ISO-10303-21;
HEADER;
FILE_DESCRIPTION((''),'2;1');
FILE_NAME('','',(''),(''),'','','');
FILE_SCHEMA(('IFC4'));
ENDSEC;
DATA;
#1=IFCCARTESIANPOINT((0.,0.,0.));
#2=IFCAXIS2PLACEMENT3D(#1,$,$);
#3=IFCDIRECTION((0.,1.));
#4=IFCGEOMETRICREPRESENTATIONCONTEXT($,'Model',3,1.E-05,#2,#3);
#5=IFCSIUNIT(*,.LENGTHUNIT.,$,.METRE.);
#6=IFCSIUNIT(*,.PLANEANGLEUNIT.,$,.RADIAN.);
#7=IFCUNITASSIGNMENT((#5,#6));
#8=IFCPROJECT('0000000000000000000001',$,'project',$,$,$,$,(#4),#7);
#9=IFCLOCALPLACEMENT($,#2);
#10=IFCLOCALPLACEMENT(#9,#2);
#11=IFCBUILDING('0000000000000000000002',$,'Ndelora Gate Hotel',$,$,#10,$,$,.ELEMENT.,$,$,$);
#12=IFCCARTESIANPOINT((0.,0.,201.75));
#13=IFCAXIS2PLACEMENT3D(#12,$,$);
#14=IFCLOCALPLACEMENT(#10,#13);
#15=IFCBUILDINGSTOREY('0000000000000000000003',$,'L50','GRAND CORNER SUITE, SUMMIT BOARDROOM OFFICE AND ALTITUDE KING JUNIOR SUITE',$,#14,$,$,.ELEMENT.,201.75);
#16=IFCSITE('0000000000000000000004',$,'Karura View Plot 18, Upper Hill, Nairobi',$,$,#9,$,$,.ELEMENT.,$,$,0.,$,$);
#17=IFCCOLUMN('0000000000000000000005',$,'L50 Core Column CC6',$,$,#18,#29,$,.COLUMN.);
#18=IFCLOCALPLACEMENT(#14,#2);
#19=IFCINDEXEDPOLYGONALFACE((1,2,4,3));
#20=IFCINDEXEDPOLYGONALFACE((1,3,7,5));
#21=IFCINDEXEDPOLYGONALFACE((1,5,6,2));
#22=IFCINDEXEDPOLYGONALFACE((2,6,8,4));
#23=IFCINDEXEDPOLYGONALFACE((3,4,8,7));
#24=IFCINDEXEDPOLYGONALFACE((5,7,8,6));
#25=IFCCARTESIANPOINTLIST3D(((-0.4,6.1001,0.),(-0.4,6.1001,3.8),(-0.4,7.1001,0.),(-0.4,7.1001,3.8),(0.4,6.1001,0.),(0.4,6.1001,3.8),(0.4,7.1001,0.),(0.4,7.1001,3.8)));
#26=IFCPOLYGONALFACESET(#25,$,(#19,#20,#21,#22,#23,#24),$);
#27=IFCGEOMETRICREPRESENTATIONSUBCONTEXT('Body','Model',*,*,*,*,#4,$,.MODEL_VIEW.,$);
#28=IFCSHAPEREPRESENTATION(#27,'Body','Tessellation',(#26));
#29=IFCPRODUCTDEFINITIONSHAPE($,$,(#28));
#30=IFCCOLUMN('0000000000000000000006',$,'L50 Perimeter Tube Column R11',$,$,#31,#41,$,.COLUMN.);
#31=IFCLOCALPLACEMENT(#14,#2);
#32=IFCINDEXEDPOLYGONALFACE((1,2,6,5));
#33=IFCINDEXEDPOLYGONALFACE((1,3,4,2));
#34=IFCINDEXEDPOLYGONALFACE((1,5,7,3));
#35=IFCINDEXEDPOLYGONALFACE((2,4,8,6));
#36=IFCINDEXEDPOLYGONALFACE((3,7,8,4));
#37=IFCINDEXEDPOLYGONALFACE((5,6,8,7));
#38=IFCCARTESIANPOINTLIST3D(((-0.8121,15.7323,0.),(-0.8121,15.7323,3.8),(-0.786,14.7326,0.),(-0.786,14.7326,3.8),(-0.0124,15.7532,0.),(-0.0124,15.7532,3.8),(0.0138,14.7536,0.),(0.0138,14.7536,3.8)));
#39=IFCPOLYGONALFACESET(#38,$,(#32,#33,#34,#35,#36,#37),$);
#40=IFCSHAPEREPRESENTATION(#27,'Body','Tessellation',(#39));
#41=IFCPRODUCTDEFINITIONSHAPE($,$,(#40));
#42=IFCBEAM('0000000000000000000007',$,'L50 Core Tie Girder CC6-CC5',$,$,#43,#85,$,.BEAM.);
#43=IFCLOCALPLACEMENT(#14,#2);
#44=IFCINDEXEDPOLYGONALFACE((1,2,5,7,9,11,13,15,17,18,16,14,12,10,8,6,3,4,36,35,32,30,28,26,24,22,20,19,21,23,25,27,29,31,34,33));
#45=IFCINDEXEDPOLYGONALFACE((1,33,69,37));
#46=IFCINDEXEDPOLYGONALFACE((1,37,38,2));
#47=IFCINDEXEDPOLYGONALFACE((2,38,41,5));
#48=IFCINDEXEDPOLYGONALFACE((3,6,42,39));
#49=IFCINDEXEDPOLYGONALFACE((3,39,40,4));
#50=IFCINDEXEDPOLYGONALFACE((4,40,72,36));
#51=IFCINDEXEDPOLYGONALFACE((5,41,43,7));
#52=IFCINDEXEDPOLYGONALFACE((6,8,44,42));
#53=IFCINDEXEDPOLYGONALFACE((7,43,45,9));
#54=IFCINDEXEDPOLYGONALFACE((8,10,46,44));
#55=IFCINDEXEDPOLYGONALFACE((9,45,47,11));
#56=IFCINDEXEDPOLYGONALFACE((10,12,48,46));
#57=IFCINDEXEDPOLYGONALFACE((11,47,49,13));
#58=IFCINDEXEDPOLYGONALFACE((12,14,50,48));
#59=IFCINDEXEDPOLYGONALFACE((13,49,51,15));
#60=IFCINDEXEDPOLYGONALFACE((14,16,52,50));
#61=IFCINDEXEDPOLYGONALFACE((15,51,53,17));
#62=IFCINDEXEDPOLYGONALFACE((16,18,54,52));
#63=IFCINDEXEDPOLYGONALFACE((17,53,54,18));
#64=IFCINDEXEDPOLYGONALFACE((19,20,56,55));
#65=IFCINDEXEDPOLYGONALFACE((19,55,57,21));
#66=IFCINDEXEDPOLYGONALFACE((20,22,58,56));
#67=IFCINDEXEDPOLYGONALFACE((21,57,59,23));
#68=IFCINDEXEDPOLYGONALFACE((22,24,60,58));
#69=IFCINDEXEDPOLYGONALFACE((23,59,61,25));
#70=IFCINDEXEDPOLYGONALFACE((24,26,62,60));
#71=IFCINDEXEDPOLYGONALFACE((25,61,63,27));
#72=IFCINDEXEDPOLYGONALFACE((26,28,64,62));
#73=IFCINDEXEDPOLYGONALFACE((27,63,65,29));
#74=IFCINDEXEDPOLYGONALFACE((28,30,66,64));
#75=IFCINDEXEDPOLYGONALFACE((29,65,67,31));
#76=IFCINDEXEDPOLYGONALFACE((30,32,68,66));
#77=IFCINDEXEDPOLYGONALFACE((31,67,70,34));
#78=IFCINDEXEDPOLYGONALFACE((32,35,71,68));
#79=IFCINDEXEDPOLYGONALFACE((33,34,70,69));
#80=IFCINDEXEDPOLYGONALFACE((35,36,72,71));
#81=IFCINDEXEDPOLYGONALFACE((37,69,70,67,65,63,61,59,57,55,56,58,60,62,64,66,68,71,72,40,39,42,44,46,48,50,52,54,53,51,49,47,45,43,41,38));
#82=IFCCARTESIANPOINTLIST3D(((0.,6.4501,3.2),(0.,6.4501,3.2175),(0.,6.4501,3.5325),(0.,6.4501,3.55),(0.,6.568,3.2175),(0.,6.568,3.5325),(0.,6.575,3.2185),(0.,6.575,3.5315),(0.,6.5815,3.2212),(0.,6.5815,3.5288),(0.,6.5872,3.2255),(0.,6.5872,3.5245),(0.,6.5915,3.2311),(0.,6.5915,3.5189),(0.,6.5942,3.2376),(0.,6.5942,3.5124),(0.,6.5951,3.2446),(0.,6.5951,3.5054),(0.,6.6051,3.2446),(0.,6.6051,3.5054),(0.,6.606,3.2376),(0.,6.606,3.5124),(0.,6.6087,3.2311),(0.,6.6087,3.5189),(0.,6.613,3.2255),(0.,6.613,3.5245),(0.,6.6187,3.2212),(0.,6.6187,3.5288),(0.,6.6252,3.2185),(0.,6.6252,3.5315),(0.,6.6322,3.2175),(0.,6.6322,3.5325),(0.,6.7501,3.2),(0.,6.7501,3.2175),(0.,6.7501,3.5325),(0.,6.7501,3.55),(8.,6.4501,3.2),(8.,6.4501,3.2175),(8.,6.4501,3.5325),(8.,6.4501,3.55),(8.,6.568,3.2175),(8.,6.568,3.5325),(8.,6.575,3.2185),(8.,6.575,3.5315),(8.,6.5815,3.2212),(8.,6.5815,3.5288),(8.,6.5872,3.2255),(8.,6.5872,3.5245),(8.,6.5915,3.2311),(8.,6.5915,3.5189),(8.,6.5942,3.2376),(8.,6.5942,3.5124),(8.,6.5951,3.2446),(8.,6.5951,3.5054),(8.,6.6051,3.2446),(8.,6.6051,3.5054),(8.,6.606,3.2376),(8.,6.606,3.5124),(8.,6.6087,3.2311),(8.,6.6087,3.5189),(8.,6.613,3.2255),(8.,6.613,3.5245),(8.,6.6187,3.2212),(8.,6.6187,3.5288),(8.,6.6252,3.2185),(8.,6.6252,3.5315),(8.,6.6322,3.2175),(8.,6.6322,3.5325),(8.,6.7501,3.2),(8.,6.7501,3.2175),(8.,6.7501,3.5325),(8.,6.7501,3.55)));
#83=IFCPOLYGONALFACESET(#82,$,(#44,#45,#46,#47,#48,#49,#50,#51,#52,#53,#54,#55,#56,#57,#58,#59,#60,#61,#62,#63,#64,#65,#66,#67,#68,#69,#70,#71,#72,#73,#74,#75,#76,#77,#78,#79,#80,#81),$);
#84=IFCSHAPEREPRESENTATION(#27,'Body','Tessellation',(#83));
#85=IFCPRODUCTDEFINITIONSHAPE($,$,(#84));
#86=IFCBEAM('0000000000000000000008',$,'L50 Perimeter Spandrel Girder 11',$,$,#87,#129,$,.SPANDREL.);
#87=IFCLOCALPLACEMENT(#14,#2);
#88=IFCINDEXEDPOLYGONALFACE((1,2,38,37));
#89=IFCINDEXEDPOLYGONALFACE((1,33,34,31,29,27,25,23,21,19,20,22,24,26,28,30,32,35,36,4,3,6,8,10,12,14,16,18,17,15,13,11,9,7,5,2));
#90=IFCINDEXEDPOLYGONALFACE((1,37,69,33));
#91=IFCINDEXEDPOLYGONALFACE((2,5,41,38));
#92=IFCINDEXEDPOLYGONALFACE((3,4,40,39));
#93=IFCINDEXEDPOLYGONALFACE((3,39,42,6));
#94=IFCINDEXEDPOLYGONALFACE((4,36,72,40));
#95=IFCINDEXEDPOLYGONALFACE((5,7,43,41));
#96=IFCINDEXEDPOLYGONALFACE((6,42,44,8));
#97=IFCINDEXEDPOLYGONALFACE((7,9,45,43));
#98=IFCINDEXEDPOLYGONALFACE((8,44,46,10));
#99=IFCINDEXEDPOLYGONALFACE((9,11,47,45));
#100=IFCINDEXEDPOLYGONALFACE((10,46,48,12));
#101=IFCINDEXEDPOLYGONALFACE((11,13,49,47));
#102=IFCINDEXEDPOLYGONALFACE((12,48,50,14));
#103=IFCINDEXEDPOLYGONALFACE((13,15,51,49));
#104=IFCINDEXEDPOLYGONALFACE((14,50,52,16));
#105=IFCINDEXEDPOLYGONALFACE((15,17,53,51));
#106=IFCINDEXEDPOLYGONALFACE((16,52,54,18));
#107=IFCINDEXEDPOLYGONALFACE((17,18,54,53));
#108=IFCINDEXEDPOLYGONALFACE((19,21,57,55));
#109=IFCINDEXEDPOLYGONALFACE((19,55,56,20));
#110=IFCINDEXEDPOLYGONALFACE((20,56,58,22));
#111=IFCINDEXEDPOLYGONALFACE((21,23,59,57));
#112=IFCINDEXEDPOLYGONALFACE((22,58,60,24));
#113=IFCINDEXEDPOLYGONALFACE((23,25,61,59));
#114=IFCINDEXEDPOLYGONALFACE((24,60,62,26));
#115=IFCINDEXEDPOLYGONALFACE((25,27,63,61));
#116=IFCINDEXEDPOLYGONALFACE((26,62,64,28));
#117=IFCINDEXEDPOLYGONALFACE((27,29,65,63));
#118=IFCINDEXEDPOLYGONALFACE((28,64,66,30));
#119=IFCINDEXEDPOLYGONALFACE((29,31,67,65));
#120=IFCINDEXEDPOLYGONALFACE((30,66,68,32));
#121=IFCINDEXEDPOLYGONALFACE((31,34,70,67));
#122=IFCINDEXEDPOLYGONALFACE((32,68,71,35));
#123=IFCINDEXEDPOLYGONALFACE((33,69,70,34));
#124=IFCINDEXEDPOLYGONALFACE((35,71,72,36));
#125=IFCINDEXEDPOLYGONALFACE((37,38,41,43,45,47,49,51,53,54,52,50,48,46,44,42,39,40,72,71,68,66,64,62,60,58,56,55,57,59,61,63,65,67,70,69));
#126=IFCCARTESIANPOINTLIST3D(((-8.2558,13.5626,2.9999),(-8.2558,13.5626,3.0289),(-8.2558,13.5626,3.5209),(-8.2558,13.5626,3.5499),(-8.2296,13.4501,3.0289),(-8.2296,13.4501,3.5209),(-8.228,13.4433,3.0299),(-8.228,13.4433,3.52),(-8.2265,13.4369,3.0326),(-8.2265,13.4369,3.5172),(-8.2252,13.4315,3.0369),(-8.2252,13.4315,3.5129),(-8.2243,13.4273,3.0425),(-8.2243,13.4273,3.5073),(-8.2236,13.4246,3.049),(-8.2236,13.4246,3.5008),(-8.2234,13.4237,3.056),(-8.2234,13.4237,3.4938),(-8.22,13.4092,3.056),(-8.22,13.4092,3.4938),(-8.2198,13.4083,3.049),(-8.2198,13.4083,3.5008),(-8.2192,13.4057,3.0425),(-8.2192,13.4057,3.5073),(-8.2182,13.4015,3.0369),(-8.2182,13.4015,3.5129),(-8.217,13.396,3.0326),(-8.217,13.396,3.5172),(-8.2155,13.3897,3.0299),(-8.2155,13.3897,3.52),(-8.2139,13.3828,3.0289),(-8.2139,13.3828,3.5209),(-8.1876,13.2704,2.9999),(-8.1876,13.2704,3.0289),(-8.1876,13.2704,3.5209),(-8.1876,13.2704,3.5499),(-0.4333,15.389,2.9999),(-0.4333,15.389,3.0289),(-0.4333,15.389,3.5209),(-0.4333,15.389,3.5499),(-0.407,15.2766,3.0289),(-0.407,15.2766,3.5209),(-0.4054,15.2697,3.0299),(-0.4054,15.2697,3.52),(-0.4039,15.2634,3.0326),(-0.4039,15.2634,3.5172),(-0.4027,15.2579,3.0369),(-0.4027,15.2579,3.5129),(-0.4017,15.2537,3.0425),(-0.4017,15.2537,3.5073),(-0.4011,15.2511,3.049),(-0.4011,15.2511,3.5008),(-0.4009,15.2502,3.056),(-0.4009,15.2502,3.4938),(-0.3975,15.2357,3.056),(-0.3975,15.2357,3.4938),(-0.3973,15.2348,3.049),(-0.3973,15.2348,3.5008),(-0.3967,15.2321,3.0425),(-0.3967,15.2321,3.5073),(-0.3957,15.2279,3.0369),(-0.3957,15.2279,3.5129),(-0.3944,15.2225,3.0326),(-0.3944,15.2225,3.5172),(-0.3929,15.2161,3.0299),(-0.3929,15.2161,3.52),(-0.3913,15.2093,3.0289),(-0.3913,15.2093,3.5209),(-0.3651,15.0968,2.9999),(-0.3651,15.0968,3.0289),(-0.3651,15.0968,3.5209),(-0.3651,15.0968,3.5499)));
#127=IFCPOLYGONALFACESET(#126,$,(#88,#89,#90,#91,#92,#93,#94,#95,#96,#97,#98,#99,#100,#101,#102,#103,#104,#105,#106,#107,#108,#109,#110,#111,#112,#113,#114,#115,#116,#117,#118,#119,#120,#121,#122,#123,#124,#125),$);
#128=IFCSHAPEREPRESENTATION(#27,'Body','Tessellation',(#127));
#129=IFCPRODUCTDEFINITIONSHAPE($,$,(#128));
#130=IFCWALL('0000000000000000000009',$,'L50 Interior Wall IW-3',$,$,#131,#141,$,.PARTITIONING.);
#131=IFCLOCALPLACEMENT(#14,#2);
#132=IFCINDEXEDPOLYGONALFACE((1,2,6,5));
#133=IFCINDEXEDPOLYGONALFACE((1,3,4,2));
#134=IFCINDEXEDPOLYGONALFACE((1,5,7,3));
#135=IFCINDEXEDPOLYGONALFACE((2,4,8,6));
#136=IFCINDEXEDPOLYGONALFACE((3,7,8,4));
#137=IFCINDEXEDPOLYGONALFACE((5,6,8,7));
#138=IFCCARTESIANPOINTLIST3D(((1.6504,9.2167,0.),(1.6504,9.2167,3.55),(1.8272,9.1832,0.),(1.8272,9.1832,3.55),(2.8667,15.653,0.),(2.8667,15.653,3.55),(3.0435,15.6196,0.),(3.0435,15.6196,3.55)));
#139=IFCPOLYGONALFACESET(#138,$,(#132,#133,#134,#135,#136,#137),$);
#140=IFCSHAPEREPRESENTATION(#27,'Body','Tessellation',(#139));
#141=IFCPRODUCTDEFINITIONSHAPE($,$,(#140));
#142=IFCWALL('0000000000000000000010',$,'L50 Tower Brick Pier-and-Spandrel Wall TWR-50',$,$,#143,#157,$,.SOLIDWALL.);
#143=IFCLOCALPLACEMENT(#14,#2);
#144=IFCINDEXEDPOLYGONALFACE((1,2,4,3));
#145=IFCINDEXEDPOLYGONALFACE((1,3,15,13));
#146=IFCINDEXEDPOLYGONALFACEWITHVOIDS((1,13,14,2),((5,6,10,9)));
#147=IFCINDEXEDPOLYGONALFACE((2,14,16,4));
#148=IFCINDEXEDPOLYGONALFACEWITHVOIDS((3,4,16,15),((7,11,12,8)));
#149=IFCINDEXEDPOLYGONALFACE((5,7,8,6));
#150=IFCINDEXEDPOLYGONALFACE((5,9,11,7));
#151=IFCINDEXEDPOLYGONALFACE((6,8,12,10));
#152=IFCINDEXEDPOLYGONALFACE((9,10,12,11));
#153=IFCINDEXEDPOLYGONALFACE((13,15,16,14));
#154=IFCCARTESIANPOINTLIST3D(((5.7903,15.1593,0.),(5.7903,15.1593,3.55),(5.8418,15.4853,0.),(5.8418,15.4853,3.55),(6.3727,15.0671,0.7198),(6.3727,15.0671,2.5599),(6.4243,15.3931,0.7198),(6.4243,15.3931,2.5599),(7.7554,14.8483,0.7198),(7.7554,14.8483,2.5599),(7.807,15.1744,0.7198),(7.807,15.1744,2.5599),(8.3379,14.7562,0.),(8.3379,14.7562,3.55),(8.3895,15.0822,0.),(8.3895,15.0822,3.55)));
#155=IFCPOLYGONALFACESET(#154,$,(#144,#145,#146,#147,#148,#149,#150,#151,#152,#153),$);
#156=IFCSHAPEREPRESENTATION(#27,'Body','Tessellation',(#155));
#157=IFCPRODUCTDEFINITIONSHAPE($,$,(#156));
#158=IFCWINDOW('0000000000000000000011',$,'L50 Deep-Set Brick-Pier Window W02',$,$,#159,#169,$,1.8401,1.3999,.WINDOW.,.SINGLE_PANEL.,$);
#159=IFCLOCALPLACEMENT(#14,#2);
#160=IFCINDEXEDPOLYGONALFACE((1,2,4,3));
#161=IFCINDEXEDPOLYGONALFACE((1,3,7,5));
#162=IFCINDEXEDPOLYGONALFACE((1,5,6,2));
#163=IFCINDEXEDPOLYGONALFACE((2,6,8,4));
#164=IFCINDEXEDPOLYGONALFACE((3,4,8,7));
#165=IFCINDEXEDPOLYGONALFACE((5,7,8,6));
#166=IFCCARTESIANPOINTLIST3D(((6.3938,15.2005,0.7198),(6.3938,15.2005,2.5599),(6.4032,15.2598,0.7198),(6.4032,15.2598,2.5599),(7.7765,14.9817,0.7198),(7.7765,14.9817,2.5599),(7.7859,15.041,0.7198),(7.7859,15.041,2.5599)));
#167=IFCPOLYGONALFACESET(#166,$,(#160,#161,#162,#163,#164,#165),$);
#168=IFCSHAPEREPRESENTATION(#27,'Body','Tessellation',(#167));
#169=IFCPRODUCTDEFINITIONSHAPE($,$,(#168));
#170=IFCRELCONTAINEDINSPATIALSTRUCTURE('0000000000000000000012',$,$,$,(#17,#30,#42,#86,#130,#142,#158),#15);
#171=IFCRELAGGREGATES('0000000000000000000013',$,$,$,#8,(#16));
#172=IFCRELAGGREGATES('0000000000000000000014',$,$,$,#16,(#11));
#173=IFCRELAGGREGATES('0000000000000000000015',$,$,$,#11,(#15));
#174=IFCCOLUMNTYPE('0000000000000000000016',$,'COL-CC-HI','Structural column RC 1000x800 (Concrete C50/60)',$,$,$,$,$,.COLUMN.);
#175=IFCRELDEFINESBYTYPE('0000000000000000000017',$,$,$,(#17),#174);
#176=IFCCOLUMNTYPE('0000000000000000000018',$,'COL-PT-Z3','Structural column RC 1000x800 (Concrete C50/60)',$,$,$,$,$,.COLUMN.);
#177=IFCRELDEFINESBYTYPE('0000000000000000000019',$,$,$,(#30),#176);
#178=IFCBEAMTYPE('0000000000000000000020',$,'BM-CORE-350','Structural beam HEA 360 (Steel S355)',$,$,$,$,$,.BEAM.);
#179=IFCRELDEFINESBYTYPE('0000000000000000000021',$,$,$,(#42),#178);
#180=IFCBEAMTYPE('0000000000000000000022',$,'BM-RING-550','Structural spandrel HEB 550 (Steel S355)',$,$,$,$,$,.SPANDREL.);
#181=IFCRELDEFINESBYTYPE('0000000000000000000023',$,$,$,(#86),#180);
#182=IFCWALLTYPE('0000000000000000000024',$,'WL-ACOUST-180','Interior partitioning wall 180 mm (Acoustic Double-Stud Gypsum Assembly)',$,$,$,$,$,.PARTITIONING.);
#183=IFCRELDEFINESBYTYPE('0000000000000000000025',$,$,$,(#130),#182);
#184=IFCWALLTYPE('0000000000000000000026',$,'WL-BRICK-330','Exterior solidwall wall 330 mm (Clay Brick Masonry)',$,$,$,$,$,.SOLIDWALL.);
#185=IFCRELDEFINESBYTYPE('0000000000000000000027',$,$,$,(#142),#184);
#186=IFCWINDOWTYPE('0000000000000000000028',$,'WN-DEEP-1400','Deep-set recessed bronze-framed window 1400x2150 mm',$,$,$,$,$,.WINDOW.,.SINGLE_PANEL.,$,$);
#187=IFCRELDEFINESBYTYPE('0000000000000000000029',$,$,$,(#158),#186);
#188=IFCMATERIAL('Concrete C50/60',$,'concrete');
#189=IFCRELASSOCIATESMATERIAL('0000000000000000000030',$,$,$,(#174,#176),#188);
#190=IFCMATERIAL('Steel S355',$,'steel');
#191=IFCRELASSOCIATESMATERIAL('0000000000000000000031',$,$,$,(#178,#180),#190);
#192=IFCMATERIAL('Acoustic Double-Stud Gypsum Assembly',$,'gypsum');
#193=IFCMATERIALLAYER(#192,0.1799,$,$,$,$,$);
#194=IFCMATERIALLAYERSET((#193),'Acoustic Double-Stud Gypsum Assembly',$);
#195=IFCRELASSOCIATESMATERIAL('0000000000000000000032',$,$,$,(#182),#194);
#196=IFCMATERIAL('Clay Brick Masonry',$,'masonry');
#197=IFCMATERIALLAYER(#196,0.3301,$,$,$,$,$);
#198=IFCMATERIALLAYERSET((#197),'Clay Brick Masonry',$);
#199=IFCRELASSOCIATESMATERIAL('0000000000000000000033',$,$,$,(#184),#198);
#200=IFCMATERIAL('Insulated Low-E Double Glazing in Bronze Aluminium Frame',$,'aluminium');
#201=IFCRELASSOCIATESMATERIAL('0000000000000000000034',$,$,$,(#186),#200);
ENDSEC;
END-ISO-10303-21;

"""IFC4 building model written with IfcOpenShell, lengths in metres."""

from ifc_helpers import new_model, si_unit, direction, frame, frame_2d, origin, origin_2d, place, context, subcontext, project, spatial, rectangle, i_section, extrude, material, layer, layer_set, material_profile, profile_set, type_object, element, fill, save


model = new_model("IFC4")

# Units and contexts
model_context = context("Model", 3, precision=1e-05, world=origin(), true_north=direction((0.0, 1.0)))
body_context = subcontext(model_context, "Body", "Model", "MODEL_VIEW")
ifc_project = project(units=[si_unit("LENGTHUNIT", "METRE"), si_unit("PLANEANGLEUNIT", "RADIAN")], contexts=[model_context])

# Site, building, storey
site_placement = place(None, origin())
site = spatial("IfcSite", under=ifc_project, at=site_placement, Name="Karura View Plot 18, Upper Hill, Nairobi", CompositionType="ELEMENT", RefElevation=0.0)
building_placement = place(site_placement, origin())
building = spatial("IfcBuilding", under=site, at=building_placement, Name="Ndelora Gate Hotel", CompositionType="ELEMENT")
storey_placement = place(building_placement, frame((0.0, 0.0, 201.75)))
storey = spatial("IfcBuildingStorey", under=building, at=storey_placement, Name="L50", Description="GRAND CORNER SUITE, SUMMIT BOARDROOM OFFICE AND ALTITUDE KING JUNIOR SUITE", CompositionType="ELEMENT", Elevation=201.75)

# Columns
ifc_material_1 = material(Name="Concrete C50/60", Category="concrete")
ifc_material_profile_1 = material_profile(ifc_material_1, rectangle(XDim=0.8, YDim=1.0, at=origin_2d()), Name="RC 1000x800")
ifc_profile_set_1 = profile_set([ifc_material_profile_1], Name="Concrete C50/60")
column_type_1 = type_object("IfcColumnType", Name="COL-CC-HI", Description="Structural column RC 1000x800 (Concrete C50/60)", PredefinedType="COLUMN", material=ifc_profile_set_1)
column_1_placement = place(storey_placement, frame((0.0, 6.6001, 0.0), z_axis=(0.0, 0.0, 1.0), x_axis=(1.0, 0.0, 0.0)))
element("IfcColumn", 1, at=column_1_placement, inside=storey, type_object=column_type_1, Name="L50 Core Column CC6", PredefinedType="COLUMN", context=body_context, shape_type="SweptSolid", body=[
    extrude(rectangle(XDim=0.8, YDim=1.0, at=origin_2d()), origin(), (0.0, 0.0, 1.0), 3.8),
])
ifc_material_profile_2 = material_profile(ifc_material_1, rectangle(XDim=0.8, YDim=1.0, at=origin_2d()), Name="RC 1000x800")
ifc_profile_set_2 = profile_set([ifc_material_profile_2], Name="Concrete C50/60")
column_type_2 = type_object("IfcColumnType", Name="COL-PT-Z3", Description="Structural column RC 1000x800 (Concrete C50/60)", PredefinedType="COLUMN", material=ifc_profile_set_2)
column_2_placement = place(storey_placement, frame((-0.3992, 15.2429, 0.0), z_axis=(0.0, 0.0, 1.0), x_axis=(0.999657, 0.026177, 0.0)))
element("IfcColumn", 2, at=column_2_placement, inside=storey, type_object=column_type_2, Name="L50 Perimeter Tube Column R11", PredefinedType="COLUMN", context=body_context, shape_type="SweptSolid", body=[
    extrude(rectangle(XDim=0.8, YDim=1.0, at=origin_2d()), origin(), (0.0, 0.0, 1.0), 3.8),
])

# Beams
ifc_material_2 = material(Name="Steel S355", Category="steel")
ifc_material_profile_3 = material_profile(ifc_material_2, i_section(OverallWidth=0.3, OverallDepth=0.3501, WebThickness=0.01, FlangeThickness=0.0176, FilletRadius=0.0271, at=origin_2d()), Name="HEA 360")
ifc_profile_set_3 = profile_set([ifc_material_profile_3], Name="Steel S355")
beam_type_1 = type_object("IfcBeamType", Name="BM-CORE-350", Description="Structural beam HEA 360 (Steel S355)", PredefinedType="BEAM", material=ifc_profile_set_3)
beam_1_placement = place(storey_placement, frame((0.0, 6.6001, 3.375), z_axis=(1.0, 0.0, 0.0), x_axis=(0.0, 1.0, 0.0)))
element("IfcBeam", 3, at=beam_1_placement, inside=storey, type_object=beam_type_1, Name="L50 Core Tie Girder CC6-CC5", PredefinedType="BEAM", context=body_context, shape_type="SweptSolid", body=[
    extrude(i_section(OverallWidth=0.3, OverallDepth=0.3501, WebThickness=0.01, FlangeThickness=0.0176, FilletRadius=0.0271, at=origin_2d()), origin(), (0.0, 0.0, 1.0), 8.0),
])
ifc_material_profile_4 = material_profile(ifc_material_2, i_section(OverallWidth=0.3, OverallDepth=0.55, WebThickness=0.0149, FlangeThickness=0.0291, FilletRadius=0.0271, at=origin_2d()), Name="HEB 550")
ifc_profile_set_4 = profile_set([ifc_material_profile_4], Name="Steel S355")
beam_type_2 = type_object("IfcBeamType", Name="BM-RING-550", Description="Structural spandrel HEB 550 (Steel S355)", PredefinedType="SPANDREL", material=ifc_profile_set_4)
beam_2_placement = place(storey_placement, frame((-0.3992, 15.2429, 3.2749), z_axis=(-0.973809, -0.227367, 0.0), x_axis=(0.227367, -0.973809, 0.0)))
element("IfcBeam", 4, at=beam_2_placement, inside=storey, type_object=beam_type_2, Name="L50 Perimeter Spandrel Girder 11", PredefinedType="SPANDREL", context=body_context, shape_type="SweptSolid", body=[
    extrude(i_section(OverallWidth=0.3, OverallDepth=0.55, WebThickness=0.0149, FlangeThickness=0.0291, FilletRadius=0.0271, at=origin_2d()), origin(), (0.0, 0.0, 1.0), 8.033),
])

# Wall
ifc_material_3 = material(Name="Acoustic Double-Stud Gypsum Assembly", Category="gypsum")
ifc_layer_1 = layer(ifc_material_3, 0.1799)
ifc_layer_set_1 = layer_set([ifc_layer_1], Name="Acoustic Double-Stud Gypsum Assembly")
wall_type_1 = type_object("IfcWallType", Name="WL-ACOUST-180", Description="Interior partitioning wall 180 mm (Acoustic Double-Stud Gypsum Assembly)", PredefinedType="PARTITIONING", material=ifc_layer_set_1)
wall_1_placement = place(storey_placement, frame((1.7388, 9.2, 0.0), z_axis=(0.0, 0.0, 1.0), x_axis=(0.18569, 0.982608, 0.0)))
element("IfcWall", 5, at=wall_1_placement, inside=storey, type_object=wall_type_1, Name="L50 Interior Wall IW-3", PredefinedType="PARTITIONING", context=body_context, shape_type="SweptSolid", body=[
    extrude(rectangle(XDim=6.5503, YDim=0.1799, at=frame_2d((3.2751, 0.0))), origin(), (0.0, 0.0, 1.0), 3.55),
])

# Wall, opening, window
ifc_material_4 = material(Name="Clay Brick Masonry", Category="masonry")
ifc_layer_2 = layer(ifc_material_4, 0.3301)
ifc_layer_set_2 = layer_set([ifc_layer_2], Name="Clay Brick Masonry")
wall_type_2 = type_object("IfcWallType", Name="WL-BRICK-330", Description="Exterior solidwall wall 330 mm (Clay Brick Masonry)", PredefinedType="SOLIDWALL", material=ifc_layer_set_2)
wall_2_placement = place(storey_placement, frame((5.8162, 15.3223, 0.0), z_axis=(0.0, 0.0, 1.0), x_axis=(0.987714, -0.156274, 0.0)))
wall_2 = element("IfcWall", 6, at=wall_2_placement, inside=storey, type_object=wall_type_2, Name="L50 Tower Brick Pier-and-Spandrel Wall TWR-50", PredefinedType="SOLIDWALL", context=body_context, shape_type="SweptSolid", body=[
    extrude(rectangle(XDim=2.5793, YDim=0.3301, at=frame_2d((1.2896, 0.0))), origin(), (0.0, 0.0, 1.0), 3.55),
])
opening_1_placement = place(wall_2_placement, frame((0.5896, 0.0, 0.72)))
opening_1 = element("IfcOpeningElement", 7, at=opening_1_placement, cuts=wall_2, PredefinedType="OPENING", context=body_context, shape_type="SweptSolid", body=[
    extrude(rectangle(XDim=1.3999, YDim=1.8401, at=frame_2d((0.7, 0.9199))), frame((0.0, 0.175, 0.0), z_axis=(0.0, -1.0, 0.0), x_axis=(1.0, 0.0, 0.0)), (0.0, 0.0, 1.0), 0.3501),
])
ifc_material_5 = material(Name="Insulated Low-E Double Glazing in Bronze Aluminium Frame", Category="aluminium")
window_type = type_object("IfcWindowType", Name="WN-DEEP-1400", Description="Deep-set recessed bronze-framed window 1400x2150 mm", PartitioningType="SINGLE_PANEL", PredefinedType="WINDOW", material=ifc_material_5)
window_1_placement = place(opening_1_placement, origin())
window_1 = element("IfcWindow", 8, at=window_1_placement, inside=storey, type_object=window_type, Name="L50 Deep-Set Brick-Pier Window W02", OverallHeight=1.8401, OverallWidth=1.3999, PartitioningType="SINGLE_PANEL", PredefinedType="WINDOW", context=body_context, shape_type="SweptSolid", body=[
    extrude(rectangle(XDim=1.3999, YDim=1.8401, at=frame_2d((0.7, 0.9199))), frame((0.0, 0.03, 0.0), z_axis=(0.0, -1.0, 0.0), x_axis=(1.0, 0.0, 0.0)), (0.0, 0.0, 1.0), 0.0601),
])
fill(opening_1, window_1)

save(model, "model.ifc")
